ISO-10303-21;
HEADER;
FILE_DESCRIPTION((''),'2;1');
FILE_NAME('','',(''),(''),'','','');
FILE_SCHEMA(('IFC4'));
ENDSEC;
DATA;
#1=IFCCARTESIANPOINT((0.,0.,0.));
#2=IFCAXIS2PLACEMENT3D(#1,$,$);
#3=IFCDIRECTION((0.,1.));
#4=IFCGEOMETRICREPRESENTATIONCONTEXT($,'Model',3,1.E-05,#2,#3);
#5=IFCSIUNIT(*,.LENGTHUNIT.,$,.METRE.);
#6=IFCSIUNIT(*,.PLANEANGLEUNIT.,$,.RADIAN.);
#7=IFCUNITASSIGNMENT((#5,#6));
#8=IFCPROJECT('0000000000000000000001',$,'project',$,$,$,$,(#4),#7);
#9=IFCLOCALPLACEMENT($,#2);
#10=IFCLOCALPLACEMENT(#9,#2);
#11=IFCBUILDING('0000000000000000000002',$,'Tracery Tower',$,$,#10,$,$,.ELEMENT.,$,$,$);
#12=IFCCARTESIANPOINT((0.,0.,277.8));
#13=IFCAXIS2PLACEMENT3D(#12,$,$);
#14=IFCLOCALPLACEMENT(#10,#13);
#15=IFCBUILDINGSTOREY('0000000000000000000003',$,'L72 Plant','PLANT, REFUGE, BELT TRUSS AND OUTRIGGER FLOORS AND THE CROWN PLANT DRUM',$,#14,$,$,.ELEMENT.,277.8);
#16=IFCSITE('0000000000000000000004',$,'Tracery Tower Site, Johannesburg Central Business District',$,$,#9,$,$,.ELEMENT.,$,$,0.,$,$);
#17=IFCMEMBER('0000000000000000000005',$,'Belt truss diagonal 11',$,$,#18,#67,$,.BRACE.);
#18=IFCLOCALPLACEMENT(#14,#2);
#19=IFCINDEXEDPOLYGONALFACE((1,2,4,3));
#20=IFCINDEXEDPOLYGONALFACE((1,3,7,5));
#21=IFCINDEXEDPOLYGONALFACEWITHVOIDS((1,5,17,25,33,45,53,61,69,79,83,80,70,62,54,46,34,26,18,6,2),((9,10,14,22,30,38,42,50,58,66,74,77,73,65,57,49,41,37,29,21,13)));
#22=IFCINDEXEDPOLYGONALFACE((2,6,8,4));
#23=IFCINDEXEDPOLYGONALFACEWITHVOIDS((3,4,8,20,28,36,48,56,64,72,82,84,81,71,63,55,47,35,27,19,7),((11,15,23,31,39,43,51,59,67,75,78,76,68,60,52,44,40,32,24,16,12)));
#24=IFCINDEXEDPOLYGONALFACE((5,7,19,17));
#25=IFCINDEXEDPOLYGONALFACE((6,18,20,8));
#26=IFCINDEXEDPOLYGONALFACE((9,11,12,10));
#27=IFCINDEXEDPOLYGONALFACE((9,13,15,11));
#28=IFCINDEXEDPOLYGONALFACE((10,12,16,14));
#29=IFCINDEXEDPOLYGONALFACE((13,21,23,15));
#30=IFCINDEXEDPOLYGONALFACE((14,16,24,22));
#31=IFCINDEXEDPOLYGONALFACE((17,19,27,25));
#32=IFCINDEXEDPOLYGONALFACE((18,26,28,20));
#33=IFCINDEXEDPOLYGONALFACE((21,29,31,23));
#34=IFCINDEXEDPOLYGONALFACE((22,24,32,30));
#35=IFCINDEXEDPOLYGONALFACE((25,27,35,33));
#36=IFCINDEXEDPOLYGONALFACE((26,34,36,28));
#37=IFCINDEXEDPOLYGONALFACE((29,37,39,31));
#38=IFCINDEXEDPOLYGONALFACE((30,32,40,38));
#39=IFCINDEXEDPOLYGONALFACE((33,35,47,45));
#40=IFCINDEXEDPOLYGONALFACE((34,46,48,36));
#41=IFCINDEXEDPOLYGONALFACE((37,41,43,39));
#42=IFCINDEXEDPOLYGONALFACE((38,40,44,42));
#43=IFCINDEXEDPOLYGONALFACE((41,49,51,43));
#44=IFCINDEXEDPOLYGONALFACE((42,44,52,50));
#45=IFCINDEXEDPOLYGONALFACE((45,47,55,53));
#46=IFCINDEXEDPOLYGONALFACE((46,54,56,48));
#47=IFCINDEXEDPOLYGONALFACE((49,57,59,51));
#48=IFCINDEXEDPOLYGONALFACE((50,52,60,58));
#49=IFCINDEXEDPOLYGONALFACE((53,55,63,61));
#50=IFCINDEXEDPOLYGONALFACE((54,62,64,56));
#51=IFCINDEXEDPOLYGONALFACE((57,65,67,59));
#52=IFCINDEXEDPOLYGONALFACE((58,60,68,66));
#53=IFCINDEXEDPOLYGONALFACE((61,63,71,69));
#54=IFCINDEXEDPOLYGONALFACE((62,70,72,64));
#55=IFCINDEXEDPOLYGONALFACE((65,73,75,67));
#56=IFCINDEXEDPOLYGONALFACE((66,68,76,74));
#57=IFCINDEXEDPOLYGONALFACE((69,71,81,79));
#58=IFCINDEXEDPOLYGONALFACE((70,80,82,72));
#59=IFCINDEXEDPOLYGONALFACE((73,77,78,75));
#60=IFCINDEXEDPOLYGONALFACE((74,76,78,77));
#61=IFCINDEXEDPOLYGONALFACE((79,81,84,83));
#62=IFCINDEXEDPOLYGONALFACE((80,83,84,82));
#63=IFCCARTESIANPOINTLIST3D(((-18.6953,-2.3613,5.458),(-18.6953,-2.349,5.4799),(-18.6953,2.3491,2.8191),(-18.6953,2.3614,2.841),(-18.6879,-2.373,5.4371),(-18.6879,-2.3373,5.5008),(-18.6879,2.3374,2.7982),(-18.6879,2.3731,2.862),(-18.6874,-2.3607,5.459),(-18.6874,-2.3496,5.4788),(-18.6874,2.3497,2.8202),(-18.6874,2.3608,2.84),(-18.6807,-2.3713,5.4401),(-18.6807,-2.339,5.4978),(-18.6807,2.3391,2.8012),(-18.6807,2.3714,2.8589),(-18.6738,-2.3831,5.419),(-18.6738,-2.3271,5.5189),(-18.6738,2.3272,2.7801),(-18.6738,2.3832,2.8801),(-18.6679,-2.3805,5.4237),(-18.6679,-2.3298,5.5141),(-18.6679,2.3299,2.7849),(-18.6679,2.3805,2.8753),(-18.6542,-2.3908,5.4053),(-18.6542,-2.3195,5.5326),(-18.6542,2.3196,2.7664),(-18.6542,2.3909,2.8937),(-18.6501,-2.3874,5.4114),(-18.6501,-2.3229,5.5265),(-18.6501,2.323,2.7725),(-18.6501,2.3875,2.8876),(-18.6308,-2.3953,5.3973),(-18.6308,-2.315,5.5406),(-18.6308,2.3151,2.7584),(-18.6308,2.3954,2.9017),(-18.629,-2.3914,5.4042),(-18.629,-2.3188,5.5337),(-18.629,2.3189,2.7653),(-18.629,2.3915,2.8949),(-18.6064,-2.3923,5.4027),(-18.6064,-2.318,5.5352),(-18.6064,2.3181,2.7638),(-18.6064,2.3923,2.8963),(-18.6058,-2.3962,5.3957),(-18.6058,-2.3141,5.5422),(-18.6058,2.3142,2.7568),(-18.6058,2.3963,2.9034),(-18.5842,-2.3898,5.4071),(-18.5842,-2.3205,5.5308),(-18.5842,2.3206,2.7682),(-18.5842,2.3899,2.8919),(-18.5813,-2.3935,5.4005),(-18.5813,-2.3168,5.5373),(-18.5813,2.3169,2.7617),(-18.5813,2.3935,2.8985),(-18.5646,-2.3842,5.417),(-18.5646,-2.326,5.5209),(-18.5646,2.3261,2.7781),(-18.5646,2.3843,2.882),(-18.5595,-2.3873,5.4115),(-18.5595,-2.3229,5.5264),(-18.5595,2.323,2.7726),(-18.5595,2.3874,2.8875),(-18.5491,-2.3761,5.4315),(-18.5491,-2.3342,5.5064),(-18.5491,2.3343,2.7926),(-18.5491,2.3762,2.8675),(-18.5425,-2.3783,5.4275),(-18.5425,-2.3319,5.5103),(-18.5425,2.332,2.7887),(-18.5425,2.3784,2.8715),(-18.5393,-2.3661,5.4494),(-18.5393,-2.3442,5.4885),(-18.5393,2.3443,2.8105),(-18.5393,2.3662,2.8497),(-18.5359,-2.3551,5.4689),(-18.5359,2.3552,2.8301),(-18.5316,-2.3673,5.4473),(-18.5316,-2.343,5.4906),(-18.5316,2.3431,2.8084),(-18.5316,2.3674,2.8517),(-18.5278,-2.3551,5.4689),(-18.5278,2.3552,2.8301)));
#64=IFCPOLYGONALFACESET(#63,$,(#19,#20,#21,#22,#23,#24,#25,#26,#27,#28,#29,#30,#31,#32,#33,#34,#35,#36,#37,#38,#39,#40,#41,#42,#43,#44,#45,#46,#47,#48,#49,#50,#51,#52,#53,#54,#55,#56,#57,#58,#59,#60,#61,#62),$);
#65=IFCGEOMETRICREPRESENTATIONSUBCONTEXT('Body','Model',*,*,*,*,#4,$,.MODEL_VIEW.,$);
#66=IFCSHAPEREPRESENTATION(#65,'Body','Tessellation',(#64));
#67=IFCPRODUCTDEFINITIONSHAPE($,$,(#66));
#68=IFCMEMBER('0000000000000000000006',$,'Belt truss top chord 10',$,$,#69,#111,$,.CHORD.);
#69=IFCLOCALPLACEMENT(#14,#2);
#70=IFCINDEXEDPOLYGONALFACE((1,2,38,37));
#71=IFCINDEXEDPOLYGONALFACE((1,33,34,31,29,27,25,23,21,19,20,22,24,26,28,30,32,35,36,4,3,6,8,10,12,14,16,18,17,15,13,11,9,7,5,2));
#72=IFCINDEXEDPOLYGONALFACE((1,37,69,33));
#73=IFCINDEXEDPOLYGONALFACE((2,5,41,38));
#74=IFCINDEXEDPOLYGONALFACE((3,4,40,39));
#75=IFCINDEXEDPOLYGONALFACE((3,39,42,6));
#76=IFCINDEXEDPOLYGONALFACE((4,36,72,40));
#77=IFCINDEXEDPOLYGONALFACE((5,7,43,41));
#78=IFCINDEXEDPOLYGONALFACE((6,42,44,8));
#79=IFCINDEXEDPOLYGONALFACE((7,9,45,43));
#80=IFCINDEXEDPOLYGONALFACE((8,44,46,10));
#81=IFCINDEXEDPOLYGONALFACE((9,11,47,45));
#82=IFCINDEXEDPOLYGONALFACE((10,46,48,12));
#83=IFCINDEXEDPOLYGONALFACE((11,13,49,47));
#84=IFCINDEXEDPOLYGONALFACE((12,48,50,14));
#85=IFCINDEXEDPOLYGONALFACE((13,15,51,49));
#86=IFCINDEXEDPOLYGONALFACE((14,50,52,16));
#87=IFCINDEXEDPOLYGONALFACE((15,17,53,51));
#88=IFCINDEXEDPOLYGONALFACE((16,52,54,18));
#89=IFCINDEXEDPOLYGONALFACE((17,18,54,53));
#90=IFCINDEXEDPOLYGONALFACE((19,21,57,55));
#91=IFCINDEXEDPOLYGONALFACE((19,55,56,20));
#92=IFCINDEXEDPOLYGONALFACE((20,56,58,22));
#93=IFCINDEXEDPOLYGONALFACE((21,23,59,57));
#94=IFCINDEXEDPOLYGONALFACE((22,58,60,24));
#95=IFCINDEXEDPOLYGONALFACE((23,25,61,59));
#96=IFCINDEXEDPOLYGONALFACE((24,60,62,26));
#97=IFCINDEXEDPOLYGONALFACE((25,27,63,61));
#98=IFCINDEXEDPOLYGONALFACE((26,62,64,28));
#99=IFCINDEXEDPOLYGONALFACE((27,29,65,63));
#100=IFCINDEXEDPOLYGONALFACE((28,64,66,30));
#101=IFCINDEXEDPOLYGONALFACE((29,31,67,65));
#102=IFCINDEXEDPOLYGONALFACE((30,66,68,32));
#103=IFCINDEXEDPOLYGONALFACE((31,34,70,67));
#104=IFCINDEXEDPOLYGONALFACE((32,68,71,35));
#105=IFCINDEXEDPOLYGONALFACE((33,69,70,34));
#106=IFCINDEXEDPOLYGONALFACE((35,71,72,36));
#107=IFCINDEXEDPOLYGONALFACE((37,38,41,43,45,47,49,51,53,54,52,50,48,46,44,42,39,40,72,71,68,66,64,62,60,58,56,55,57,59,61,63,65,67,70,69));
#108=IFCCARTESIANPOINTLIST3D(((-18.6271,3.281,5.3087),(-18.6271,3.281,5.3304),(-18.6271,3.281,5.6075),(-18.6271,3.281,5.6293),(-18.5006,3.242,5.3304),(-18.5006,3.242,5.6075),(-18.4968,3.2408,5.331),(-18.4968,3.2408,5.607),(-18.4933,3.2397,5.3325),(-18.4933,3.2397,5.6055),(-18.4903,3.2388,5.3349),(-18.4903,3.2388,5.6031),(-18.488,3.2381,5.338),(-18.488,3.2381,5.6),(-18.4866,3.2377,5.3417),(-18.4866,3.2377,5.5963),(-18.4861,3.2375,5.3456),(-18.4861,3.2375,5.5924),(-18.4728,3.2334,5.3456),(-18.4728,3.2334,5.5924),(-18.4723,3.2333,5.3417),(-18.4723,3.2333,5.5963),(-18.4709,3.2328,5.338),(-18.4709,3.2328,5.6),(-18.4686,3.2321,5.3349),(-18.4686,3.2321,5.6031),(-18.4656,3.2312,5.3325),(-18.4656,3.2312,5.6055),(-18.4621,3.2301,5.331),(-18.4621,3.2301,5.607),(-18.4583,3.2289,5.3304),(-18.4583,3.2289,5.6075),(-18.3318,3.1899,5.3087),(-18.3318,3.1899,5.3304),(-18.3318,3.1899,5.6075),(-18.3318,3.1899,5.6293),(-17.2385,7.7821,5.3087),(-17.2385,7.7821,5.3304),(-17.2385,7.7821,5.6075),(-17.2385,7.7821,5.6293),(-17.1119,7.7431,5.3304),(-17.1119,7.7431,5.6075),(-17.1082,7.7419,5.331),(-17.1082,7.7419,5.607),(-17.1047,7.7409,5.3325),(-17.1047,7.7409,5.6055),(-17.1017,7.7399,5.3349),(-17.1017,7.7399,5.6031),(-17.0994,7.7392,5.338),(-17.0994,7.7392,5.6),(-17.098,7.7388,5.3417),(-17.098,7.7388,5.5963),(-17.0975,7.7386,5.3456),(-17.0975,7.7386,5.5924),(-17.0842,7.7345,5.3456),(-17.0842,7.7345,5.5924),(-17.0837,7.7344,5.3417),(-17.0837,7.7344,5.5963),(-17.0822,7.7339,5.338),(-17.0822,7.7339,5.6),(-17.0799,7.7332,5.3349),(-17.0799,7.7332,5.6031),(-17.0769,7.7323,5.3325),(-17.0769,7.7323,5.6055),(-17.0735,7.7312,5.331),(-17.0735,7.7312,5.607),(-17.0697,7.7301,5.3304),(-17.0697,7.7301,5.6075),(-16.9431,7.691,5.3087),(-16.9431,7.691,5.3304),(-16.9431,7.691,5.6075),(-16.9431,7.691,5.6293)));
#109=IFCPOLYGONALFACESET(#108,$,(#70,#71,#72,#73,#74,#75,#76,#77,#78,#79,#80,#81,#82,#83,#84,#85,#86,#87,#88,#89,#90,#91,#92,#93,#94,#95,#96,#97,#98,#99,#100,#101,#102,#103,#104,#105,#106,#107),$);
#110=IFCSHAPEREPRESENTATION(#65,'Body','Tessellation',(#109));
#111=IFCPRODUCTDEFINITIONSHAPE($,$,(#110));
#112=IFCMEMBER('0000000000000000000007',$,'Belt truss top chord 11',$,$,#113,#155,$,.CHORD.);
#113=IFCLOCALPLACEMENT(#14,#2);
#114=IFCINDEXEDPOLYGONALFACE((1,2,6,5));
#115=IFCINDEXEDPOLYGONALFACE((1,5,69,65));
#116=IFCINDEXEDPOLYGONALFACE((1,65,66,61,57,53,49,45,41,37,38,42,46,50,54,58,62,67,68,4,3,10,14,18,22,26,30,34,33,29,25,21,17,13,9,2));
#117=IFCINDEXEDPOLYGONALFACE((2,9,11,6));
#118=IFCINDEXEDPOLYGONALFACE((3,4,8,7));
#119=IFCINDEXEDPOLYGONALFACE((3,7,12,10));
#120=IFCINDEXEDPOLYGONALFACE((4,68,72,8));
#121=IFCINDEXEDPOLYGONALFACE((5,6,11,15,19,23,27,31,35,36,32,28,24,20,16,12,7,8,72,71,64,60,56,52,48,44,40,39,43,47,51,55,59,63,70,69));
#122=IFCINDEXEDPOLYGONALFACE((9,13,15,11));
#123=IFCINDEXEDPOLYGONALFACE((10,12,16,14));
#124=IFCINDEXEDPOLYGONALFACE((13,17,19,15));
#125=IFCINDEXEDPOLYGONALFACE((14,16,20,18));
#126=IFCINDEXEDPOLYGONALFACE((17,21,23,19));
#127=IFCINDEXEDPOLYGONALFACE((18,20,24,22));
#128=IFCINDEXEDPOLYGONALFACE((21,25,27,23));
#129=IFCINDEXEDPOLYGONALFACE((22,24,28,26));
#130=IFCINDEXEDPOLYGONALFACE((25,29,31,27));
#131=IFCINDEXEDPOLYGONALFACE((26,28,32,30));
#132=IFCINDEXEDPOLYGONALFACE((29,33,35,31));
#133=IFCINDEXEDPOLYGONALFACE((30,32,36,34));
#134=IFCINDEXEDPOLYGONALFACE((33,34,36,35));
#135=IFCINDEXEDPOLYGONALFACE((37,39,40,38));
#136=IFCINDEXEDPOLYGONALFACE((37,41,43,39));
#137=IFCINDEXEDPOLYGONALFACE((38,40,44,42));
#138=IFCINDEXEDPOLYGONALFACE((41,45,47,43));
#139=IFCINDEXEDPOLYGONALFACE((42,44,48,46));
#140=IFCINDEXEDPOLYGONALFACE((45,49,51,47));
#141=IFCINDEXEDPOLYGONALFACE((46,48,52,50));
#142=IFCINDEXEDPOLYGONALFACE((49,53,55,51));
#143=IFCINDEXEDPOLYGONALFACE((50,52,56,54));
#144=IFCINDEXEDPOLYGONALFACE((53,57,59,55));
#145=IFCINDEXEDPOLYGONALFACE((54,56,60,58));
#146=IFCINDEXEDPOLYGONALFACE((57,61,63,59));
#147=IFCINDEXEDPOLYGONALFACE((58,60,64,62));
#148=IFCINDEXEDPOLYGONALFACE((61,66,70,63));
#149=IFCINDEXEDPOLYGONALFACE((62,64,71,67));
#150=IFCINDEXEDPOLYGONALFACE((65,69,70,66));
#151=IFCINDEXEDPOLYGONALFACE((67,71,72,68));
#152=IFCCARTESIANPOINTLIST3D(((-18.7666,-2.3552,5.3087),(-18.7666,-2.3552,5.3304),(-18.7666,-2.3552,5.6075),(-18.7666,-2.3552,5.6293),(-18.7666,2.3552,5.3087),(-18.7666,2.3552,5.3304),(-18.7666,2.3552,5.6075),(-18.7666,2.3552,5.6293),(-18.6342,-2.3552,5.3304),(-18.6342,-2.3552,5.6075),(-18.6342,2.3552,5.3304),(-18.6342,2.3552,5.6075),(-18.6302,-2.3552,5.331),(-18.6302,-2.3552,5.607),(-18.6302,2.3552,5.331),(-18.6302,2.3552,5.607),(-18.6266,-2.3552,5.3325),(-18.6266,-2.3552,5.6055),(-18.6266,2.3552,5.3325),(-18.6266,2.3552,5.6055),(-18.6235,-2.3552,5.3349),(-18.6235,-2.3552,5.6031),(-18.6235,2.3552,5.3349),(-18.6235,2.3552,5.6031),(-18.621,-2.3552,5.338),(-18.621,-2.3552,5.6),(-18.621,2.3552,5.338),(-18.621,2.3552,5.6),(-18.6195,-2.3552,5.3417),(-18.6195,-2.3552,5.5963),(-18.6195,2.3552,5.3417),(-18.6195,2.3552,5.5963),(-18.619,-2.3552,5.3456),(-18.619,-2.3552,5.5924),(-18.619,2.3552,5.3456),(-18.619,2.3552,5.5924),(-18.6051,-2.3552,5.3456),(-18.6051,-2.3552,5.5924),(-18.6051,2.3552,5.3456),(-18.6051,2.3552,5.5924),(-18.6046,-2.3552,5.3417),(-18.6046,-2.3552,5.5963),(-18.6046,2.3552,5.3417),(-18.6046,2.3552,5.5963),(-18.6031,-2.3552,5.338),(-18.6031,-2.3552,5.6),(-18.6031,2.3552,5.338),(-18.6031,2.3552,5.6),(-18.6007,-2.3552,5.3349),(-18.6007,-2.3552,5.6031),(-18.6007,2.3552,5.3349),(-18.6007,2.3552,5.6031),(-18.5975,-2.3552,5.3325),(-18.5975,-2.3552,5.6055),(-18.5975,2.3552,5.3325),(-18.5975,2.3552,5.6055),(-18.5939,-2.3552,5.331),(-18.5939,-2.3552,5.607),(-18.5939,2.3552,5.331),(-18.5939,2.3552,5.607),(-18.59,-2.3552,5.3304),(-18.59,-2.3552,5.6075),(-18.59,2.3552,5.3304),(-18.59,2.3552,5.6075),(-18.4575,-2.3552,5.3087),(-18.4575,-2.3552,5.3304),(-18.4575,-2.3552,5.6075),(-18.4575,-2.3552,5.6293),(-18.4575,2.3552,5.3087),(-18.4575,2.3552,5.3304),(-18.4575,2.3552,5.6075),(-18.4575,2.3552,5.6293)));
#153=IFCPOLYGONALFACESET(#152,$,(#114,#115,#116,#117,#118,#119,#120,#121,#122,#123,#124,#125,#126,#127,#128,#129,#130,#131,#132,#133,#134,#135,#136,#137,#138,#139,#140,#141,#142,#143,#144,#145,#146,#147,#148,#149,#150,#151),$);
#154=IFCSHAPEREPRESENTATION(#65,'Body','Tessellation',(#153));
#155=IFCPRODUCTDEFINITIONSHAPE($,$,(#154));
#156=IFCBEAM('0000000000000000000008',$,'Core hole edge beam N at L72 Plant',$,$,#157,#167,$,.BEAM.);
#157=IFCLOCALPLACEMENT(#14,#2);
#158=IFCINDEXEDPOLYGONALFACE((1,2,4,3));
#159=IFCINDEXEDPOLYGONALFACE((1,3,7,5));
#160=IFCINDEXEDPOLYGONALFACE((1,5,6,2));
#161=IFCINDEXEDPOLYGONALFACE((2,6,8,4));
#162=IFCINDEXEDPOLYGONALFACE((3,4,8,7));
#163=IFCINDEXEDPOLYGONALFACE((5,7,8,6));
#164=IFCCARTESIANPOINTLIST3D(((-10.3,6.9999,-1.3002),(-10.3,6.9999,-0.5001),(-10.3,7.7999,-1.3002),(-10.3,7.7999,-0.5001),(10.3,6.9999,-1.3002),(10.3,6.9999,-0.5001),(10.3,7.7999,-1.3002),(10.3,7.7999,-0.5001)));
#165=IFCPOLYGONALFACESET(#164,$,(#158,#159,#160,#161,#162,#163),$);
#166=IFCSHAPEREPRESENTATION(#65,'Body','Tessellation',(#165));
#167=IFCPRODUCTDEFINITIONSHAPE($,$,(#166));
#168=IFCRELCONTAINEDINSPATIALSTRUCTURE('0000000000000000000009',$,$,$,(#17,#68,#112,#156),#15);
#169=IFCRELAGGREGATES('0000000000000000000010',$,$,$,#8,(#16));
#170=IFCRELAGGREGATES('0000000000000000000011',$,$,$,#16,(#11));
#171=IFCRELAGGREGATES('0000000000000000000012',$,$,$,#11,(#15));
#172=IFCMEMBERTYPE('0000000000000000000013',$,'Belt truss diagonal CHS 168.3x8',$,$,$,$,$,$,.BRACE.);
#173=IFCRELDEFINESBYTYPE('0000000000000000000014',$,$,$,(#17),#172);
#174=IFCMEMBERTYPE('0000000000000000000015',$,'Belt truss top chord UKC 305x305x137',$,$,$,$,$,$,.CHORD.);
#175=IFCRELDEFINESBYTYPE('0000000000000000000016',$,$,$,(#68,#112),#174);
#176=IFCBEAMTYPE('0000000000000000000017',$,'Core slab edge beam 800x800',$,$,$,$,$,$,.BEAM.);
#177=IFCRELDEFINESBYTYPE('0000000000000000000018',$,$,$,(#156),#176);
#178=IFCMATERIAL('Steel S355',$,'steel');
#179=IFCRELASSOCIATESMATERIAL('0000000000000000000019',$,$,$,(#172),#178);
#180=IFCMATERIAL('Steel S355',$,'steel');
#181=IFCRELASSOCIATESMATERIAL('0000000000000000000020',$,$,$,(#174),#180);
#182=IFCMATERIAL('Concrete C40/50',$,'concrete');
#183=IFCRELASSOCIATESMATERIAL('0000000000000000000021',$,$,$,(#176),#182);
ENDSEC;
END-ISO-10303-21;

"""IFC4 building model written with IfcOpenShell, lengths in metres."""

from ifc_helpers import new_model, si_unit, direction, frame, origin, origin_2d, place, context, subcontext, project, spatial, rectangle, hollow_circle, i_section, extrude, material, material_profile, profile_set, type_object, element, save


model = new_model("IFC4")

# Units and contexts
model_context = context("Model", 3, precision=1e-05, world=origin(), true_north=direction((0.0, 1.0)))
body_context = subcontext(model_context, "Body", "Model", "MODEL_VIEW")
ifc_project = project(units=[si_unit("LENGTHUNIT", "METRE"), si_unit("PLANEANGLEUNIT", "RADIAN")], contexts=[model_context])

# Site, building, storey
site_placement = place(None, origin())
site = spatial("IfcSite", under=ifc_project, at=site_placement, Name="Tracery Tower Site, Johannesburg Central Business District", CompositionType="ELEMENT", RefElevation=0.0)
building_placement = place(site_placement, origin())
building = spatial("IfcBuilding", under=site, at=building_placement, Name="Tracery Tower", CompositionType="ELEMENT")
storey_placement = place(building_placement, frame((0.0, 0.0, 277.8)))
storey = spatial("IfcBuildingStorey", under=building, at=storey_placement, Name="L72 Plant", Description="PLANT, REFUGE, BELT TRUSS AND OUTRIGGER FLOORS AND THE CROWN PLANT DRUM", CompositionType="ELEMENT", Elevation=277.8)

# Members
ifc_material_1 = material(Name="Steel S355", Category="steel")
ifc_material_profile_1 = material_profile(ifc_material_1, hollow_circle(Radius=0.0842, WallThickness=0.0081, at=origin_2d()), Name="CHS 168.3x8")
ifc_profile_set_1 = profile_set([ifc_material_profile_1], Name="Steel S355")
member_type_1 = type_object("IfcMemberType", Name="Belt truss diagonal CHS 168.3x8", PredefinedType="BRACE", material=ifc_profile_set_1)
member_1_placement = place(storey_placement, frame((-18.6121, 2.3552, 2.8301), z_axis=(0.0, -0.872422, 0.488753), x_axis=(1.0, 0.0, 0.0)))
element("IfcMember", 1, at=member_1_placement, inside=storey, type_object=member_type_1, Name="Belt truss diagonal 11", PredefinedType="BRACE", context=body_context, shape_type="SweptSolid", body=[
    extrude(hollow_circle(Radius=0.0842, WallThickness=0.0081, at=origin_2d()), origin(), (0.0, 0.0, 1.0), 5.3992),
])
ifc_material_2 = material(Name="Steel S355", Category="steel")
ifc_material_profile_2 = material_profile(ifc_material_2, i_section(OverallWidth=0.3091, OverallDepth=0.3206, WebThickness=0.0139, FlangeThickness=0.0217, FilletRadius=0.0151, at=origin_2d()), Name="UKC 305x305x137")
ifc_profile_set_2 = profile_set([ifc_material_profile_2], Name="Steel S355")
member_type_2 = type_object("IfcMemberType", Name="Belt truss top chord UKC 305x305x137", PredefinedType="CHORD", material=ifc_profile_set_2)
for number, where, z_axis, x_axis, name in (
    (2, (-17.0908, 7.7366, 5.469), (-0.2948, -0.955559, 0.0), (0.955559, -0.2948, 0.0), "Belt truss top chord 10"),
    (3, (-18.6121, 2.3552, 5.469), (0.0, -1.0, 0.0), (1.0, 0.0, 0.0), "Belt truss top chord 11"),
):
    element("IfcMember", number, at=place(storey_placement, frame(where, z_axis=z_axis, x_axis=x_axis)), inside=storey, type_object=member_type_2, Name=name, PredefinedType="CHORD", context=body_context, shape_type="SweptSolid", body=[
        extrude(i_section(OverallWidth=0.3091, OverallDepth=0.3206, WebThickness=0.0139, FlangeThickness=0.0217, FilletRadius=0.0151, at=origin_2d()), origin(), (0.0, 0.0, 1.0), 4.7104),
    ])

# Beam
ifc_material_3 = material(Name="Concrete C40/50", Category="concrete")
ifc_material_profile_3 = material_profile(ifc_material_3, rectangle(XDim=0.8, YDim=0.8, at=origin_2d()), Name="RC 800x800")
ifc_profile_set_3 = profile_set([ifc_material_profile_3], Name="Concrete C40/50")
beam_type_1 = type_object("IfcBeamType", Name="Core slab edge beam 800x800", PredefinedType="BEAM", material=ifc_profile_set_3)
beam_1_placement = place(storey_placement, frame((-10.3, 7.3999, -0.9001), z_axis=(1.0, 0.0, 0.0), x_axis=(0.0, 1.0, 0.0)))
element("IfcBeam", 4, at=beam_1_placement, inside=storey, type_object=beam_type_1, Name="Core hole edge beam N at L72 Plant", PredefinedType="BEAM", context=body_context, shape_type="SweptSolid", body=[
    extrude(rectangle(XDim=0.8, YDim=0.8, at=origin_2d()), origin(), (0.0, 0.0, 1.0), 20.6001),
])

save(model, "model.ifc")
